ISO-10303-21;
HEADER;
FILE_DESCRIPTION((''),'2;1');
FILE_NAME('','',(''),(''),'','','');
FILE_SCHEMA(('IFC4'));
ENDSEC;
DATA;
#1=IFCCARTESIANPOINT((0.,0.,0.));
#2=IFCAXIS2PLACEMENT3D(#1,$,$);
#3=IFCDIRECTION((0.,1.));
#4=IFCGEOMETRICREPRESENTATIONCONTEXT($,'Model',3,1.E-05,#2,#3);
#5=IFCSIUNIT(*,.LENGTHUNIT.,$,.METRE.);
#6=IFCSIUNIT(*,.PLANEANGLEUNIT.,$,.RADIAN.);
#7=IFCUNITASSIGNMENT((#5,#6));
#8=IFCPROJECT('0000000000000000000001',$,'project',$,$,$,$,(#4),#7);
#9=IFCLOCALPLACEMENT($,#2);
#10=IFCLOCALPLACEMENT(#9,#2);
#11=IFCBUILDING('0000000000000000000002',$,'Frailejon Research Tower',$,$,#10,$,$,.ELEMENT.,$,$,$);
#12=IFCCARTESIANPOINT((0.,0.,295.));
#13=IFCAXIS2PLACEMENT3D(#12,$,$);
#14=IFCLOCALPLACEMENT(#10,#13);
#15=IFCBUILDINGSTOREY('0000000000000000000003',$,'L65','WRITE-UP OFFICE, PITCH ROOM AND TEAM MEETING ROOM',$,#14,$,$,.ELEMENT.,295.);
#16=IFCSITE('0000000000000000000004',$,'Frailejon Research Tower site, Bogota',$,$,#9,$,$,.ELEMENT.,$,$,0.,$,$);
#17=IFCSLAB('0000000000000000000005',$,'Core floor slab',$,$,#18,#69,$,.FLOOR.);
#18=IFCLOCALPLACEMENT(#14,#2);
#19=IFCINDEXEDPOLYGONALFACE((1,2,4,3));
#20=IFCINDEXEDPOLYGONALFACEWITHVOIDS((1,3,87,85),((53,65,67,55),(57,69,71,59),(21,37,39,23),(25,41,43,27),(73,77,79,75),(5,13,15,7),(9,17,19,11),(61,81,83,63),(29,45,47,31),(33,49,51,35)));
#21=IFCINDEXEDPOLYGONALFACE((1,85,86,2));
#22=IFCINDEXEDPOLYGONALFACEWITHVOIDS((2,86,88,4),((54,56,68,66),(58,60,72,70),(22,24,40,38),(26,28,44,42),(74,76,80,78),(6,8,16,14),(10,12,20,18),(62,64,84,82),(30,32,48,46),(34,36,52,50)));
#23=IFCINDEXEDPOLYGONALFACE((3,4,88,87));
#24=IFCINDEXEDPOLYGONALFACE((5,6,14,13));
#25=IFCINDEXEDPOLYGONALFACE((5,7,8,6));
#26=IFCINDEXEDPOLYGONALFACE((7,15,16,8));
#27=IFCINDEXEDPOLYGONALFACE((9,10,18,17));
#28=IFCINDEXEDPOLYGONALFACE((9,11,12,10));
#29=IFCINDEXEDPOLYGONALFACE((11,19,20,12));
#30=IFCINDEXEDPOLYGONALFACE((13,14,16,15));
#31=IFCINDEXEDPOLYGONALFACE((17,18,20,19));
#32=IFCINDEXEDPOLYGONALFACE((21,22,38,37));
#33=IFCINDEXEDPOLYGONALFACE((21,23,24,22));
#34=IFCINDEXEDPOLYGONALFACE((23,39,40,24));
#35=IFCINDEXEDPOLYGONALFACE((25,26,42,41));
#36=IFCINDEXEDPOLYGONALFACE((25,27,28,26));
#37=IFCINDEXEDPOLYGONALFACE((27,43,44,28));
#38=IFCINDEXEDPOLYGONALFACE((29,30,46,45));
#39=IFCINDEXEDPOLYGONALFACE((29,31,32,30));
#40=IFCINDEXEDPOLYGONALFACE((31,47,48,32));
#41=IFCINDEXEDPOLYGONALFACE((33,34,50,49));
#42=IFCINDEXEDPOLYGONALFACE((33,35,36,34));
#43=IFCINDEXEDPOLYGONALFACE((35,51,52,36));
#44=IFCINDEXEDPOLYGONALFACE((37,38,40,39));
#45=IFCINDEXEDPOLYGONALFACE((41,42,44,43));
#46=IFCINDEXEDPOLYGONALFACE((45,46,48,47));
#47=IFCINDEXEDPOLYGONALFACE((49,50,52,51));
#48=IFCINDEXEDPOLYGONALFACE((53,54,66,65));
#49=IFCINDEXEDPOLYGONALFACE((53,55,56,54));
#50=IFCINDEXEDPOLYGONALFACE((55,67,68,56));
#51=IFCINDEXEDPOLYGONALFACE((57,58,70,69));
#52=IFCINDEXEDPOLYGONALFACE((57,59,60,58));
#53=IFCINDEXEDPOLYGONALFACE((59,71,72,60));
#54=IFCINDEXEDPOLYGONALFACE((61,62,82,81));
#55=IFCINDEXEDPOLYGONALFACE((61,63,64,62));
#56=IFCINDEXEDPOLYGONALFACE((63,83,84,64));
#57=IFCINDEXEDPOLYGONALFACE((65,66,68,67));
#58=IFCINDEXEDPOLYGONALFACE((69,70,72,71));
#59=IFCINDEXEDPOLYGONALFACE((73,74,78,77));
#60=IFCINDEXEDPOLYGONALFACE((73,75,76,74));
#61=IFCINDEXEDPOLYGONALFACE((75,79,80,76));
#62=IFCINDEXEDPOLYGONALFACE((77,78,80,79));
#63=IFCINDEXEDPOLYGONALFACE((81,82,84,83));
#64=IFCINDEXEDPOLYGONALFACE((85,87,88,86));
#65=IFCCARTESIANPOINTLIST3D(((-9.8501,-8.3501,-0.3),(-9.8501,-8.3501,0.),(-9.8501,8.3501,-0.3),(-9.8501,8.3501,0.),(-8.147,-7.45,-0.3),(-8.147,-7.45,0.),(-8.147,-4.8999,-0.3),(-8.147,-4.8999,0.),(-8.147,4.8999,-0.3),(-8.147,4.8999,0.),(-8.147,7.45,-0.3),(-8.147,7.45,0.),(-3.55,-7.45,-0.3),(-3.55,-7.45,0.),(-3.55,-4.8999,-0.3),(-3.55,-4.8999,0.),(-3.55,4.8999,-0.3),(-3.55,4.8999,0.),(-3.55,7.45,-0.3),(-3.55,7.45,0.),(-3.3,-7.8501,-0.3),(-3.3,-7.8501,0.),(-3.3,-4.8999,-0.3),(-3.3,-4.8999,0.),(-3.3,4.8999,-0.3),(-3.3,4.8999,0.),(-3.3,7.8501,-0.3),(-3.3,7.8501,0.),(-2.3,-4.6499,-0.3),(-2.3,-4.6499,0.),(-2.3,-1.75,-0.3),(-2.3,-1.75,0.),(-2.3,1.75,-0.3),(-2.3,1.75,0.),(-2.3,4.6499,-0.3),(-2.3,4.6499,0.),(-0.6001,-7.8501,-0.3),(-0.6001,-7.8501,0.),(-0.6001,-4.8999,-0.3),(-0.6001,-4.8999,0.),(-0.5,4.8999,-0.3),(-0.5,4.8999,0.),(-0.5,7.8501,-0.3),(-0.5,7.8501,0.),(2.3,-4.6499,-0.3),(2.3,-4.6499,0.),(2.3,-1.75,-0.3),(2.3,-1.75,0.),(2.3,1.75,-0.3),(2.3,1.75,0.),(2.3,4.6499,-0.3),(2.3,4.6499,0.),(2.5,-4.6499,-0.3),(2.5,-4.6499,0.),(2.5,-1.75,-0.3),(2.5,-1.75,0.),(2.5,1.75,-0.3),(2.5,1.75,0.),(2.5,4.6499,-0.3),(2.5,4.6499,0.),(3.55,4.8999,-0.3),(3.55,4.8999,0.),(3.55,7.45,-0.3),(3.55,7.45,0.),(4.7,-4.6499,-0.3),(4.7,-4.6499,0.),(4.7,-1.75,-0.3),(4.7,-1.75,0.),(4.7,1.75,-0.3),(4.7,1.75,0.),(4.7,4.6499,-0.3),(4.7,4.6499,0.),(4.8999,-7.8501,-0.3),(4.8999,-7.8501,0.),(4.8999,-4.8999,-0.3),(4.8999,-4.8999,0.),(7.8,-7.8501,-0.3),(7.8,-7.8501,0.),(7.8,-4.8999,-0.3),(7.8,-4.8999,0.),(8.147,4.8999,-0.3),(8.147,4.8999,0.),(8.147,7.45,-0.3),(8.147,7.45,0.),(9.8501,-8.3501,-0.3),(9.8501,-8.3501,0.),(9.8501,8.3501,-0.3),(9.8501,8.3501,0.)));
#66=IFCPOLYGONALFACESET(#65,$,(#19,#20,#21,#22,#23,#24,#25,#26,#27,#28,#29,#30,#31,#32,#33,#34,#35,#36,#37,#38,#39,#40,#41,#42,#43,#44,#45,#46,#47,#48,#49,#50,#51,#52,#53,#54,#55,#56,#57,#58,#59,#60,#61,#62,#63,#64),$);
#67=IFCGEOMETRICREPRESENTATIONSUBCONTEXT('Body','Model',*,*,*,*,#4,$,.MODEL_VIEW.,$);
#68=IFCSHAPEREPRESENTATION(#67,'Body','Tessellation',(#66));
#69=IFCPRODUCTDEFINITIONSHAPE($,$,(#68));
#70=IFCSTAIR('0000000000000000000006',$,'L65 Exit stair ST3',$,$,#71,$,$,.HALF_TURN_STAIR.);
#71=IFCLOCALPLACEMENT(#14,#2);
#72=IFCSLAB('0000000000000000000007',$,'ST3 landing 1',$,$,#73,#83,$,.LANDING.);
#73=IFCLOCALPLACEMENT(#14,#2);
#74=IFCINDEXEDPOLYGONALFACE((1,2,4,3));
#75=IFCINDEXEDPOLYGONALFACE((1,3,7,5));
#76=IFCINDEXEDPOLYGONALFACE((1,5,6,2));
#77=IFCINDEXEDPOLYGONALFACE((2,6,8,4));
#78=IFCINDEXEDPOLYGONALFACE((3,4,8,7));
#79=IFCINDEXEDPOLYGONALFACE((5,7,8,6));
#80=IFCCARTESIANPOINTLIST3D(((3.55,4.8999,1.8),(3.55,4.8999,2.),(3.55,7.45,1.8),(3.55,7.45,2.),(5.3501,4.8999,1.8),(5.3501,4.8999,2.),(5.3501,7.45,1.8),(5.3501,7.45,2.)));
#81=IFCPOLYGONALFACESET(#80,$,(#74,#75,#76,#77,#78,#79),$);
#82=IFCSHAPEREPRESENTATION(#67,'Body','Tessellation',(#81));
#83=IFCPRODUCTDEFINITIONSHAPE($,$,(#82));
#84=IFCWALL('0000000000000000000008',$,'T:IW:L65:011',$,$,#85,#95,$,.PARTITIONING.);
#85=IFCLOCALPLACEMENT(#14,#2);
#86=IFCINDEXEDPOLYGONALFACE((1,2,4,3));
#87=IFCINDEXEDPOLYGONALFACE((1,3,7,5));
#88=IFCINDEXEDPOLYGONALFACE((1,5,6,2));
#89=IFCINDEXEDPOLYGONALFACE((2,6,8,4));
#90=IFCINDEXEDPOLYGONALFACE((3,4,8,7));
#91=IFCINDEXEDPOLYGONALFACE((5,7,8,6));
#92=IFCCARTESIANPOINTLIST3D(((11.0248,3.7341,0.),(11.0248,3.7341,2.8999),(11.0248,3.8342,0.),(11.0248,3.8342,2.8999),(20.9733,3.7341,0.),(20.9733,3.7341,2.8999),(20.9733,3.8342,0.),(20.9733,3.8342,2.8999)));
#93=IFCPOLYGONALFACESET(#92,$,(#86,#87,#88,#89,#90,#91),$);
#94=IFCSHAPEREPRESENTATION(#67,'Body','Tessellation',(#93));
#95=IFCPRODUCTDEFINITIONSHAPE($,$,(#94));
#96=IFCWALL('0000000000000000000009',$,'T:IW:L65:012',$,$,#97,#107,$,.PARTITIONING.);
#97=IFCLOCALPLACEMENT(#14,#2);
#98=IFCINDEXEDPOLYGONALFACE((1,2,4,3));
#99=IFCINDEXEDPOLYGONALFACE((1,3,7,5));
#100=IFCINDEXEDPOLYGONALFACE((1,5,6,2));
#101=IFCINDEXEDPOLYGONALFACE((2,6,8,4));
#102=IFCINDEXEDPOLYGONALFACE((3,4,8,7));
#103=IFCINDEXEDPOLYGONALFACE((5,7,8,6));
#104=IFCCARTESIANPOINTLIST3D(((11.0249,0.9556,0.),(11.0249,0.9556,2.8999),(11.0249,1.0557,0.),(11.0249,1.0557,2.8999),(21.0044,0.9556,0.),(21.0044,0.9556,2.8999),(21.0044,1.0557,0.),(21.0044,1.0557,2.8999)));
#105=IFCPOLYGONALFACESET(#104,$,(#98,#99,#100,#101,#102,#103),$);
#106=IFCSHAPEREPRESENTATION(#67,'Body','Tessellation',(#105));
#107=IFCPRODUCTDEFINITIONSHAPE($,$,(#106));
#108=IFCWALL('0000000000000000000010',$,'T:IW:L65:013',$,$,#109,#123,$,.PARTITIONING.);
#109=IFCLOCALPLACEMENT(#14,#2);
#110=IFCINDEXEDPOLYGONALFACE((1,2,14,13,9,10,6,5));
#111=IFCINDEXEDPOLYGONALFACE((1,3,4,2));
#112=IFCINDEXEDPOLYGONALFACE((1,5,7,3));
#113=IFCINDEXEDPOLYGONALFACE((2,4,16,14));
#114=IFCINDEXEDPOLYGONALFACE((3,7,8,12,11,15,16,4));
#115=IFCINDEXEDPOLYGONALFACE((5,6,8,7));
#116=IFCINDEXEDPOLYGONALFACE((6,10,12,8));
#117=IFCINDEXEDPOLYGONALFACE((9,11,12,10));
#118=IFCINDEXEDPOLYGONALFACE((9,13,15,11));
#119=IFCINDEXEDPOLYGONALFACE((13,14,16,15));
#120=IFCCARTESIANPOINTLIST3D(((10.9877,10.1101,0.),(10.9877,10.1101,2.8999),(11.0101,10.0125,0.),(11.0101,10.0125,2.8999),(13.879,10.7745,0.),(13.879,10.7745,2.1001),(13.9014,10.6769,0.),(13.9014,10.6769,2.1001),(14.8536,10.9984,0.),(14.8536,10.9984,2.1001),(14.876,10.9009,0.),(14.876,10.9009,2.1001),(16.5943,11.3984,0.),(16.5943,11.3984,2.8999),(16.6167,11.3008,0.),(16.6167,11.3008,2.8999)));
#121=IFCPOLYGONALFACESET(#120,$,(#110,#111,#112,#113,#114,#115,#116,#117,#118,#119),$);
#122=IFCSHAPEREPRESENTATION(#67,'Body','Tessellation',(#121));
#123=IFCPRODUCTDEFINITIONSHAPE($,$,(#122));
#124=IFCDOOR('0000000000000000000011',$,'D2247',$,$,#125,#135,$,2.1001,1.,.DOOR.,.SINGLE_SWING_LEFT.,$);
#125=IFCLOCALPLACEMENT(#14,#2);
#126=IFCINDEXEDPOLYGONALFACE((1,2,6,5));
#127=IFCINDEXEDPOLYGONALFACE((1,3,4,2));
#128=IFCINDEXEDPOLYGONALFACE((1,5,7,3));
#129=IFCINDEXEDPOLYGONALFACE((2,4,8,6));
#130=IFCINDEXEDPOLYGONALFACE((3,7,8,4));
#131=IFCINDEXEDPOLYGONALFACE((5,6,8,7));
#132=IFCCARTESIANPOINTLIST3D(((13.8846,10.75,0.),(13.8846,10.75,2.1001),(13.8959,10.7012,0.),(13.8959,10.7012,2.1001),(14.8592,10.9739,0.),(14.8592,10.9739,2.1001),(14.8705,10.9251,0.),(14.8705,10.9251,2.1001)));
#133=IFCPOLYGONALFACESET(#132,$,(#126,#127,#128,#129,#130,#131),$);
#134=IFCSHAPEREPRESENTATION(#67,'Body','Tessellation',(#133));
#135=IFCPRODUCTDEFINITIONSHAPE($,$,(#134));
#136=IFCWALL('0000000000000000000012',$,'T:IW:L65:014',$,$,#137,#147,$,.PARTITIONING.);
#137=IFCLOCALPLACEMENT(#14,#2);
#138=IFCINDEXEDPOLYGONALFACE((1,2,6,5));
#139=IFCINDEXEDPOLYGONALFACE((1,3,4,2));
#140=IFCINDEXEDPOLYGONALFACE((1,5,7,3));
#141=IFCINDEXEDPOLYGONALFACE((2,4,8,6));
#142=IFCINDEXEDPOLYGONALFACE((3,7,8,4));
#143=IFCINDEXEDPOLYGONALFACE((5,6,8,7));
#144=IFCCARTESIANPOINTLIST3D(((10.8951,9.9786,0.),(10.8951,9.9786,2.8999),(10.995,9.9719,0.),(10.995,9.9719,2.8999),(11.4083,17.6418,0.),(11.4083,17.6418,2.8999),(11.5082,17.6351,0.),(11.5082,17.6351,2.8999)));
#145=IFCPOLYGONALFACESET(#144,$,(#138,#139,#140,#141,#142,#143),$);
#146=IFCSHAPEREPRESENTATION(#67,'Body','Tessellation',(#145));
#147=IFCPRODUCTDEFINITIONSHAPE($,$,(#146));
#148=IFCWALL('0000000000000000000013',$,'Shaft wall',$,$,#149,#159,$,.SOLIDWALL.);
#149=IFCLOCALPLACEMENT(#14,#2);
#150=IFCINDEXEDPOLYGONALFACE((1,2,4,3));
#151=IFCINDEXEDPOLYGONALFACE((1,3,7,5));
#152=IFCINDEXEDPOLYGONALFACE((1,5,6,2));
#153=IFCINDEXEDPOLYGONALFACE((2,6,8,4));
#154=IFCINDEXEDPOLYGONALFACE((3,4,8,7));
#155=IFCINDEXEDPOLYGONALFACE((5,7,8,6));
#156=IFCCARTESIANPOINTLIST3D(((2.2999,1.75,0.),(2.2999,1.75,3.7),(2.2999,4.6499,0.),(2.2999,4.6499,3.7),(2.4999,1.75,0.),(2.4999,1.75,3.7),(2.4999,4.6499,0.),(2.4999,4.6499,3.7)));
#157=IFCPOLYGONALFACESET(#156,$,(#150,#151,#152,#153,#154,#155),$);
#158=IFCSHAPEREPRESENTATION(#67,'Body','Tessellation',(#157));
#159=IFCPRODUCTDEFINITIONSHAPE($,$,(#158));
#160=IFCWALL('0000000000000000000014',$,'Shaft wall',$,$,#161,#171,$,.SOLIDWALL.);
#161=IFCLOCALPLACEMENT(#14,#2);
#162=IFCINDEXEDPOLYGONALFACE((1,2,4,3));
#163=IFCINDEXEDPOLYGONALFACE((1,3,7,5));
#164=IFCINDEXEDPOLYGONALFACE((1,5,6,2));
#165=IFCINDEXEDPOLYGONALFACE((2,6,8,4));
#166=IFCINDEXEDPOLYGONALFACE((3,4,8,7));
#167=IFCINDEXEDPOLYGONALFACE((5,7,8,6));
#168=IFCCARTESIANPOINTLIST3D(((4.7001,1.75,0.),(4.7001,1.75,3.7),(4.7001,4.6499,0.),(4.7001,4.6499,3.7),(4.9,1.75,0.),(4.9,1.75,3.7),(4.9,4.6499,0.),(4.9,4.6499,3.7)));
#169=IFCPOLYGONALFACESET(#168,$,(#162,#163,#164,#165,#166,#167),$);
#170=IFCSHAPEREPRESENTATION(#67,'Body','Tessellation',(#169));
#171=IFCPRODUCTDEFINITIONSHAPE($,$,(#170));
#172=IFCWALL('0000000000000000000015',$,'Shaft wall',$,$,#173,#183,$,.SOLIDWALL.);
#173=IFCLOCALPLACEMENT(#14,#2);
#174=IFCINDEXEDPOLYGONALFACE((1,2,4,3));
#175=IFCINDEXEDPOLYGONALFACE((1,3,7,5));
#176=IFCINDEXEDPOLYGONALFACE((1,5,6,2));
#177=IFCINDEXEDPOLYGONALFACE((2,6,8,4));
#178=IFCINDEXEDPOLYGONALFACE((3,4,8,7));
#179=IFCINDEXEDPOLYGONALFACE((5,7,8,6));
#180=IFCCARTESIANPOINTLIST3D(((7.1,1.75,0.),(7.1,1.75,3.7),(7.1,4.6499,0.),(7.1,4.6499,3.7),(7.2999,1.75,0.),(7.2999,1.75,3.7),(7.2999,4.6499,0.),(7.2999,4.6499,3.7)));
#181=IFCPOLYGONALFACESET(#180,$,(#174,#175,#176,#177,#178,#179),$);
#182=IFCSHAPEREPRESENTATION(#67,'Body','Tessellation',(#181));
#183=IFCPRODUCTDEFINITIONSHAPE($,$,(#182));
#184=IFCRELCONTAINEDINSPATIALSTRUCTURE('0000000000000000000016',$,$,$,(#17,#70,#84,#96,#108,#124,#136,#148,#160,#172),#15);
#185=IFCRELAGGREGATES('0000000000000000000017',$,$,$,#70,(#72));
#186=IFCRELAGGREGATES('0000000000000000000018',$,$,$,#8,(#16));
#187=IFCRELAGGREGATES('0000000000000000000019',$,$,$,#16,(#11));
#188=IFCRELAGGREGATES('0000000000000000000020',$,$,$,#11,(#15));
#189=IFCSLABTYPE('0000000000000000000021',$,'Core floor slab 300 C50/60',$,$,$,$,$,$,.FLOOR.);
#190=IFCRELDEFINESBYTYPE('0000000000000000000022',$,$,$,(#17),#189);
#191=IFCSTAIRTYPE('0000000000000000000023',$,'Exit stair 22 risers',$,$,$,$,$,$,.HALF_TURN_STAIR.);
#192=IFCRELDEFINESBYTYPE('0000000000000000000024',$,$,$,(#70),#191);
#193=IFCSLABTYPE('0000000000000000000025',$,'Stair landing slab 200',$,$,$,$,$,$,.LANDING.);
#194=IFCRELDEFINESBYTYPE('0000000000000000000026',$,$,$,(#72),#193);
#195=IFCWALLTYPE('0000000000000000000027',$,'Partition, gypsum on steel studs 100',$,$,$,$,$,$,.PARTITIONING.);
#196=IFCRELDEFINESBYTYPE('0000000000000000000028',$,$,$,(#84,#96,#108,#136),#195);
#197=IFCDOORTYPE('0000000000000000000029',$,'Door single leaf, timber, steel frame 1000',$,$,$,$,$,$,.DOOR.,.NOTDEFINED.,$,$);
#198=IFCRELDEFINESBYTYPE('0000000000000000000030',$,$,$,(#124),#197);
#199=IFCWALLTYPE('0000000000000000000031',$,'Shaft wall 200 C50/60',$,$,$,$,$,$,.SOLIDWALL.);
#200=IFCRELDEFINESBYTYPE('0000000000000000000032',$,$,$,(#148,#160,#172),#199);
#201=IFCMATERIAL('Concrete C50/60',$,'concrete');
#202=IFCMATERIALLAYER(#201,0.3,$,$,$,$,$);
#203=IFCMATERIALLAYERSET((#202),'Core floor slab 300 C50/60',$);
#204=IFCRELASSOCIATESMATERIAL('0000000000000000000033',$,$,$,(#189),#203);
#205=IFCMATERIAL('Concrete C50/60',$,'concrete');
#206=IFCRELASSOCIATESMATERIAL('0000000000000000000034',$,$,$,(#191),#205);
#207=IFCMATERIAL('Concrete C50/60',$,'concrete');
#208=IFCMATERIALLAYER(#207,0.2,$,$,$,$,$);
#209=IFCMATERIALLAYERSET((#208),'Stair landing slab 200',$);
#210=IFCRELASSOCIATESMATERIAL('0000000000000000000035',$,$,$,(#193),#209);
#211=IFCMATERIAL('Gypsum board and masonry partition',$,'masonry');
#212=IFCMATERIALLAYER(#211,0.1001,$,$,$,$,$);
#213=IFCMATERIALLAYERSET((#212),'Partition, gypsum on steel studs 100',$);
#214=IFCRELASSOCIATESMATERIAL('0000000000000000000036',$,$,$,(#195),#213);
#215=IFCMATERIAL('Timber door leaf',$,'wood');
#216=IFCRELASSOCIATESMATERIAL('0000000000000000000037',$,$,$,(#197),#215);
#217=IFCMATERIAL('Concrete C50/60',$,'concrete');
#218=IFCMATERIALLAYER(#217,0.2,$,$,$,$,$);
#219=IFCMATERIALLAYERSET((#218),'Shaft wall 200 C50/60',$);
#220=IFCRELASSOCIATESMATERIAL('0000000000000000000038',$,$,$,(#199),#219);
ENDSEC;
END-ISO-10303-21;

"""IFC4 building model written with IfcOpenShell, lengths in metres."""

from ifc_helpers import new_model, si_unit, direction, frame, frame_2d, origin, place, context, subcontext, project, spatial, polyline, rectangle, outline, extrude, material, layer, layer_set, type_object, element, fill, aggregate, save


model = new_model("IFC4")

# Units and contexts
model_context = context("Model", 3, precision=1e-05, world=origin(), true_north=direction((0.0, 1.0)))
body_context = subcontext(model_context, "Body", "Model", "MODEL_VIEW")
ifc_project = project(units=[si_unit("LENGTHUNIT", "METRE"), si_unit("PLANEANGLEUNIT", "RADIAN")], contexts=[model_context])

# Site, building, storey
site_placement = place(None, origin())
site = spatial("IfcSite", under=ifc_project, at=site_placement, Name="Frailejon Research Tower site, Bogota", CompositionType="ELEMENT", RefElevation=0.0)
building_placement = place(site_placement, origin())
building = spatial("IfcBuilding", under=site, at=building_placement, Name="Frailejon Research Tower", CompositionType="ELEMENT")
storey_placement = place(building_placement, frame((0.0, 0.0, 295.0)))
storey = spatial("IfcBuildingStorey", under=building, at=storey_placement, Name="L65", Description="WRITE-UP OFFICE, PITCH ROOM AND TEAM MEETING ROOM", CompositionType="ELEMENT", Elevation=295.0)

# Slab
ifc_material_1 = material(Name="Concrete C50/60", Category="concrete")
ifc_layer_1 = layer(ifc_material_1, 0.3)
ifc_layer_set_1 = layer_set([ifc_layer_1], Name="Core floor slab 300 C50/60")
slab_type_1 = type_object("IfcSlabType", Name="Core floor slab 300 C50/60", PredefinedType="FLOOR", material=ifc_layer_set_1)
slab_1_placement = place(storey_placement, frame((0.0, 0.0, -0.3)))
element("IfcSlab", 1, at=slab_1_placement, inside=storey, type_object=slab_type_1, Name="Core floor slab", PredefinedType="FLOOR", context=body_context, shape_type="SweptSolid", body=[
    extrude(outline(polyline([(9.8501, -8.3501), (9.8501, 8.3501), (-9.8501, 8.3501), (-9.8501, -8.3501), (9.8501, -8.3501)]), holes=[polyline([(2.3, 1.75), (2.3, 4.6499), (-2.3, 4.6499), (-2.3, 1.75), (2.3, 1.75)]), polyline([(4.7, 1.75), (4.7, 4.6499), (2.5, 4.6499), (2.5, 1.75), (4.7, 1.75)]), polyline([(2.3, -4.6499), (2.3, -1.75), (-2.3, -1.75), (-2.3, -4.6499), (2.3, -4.6499)]), polyline([(4.7, -4.6499), (4.7, -1.75), (2.5, -1.75), (2.5, -4.6499), (4.7, -4.6499)]), polyline([(-8.147, 4.8999), (-3.55, 4.8999), (-3.55, 7.45), (-8.147, 7.45), (-8.147, 4.8999)]), polyline([(-8.147, -7.45), (-3.55, -7.45), (-3.55, -4.8999), (-8.147, -4.8999), (-8.147, -7.45)]), polyline([(8.147, 7.45), (3.55, 7.45), (3.55, 4.8999), (8.147, 4.8999), (8.147, 7.45)]), polyline([(-0.6001, -7.8501), (-0.6001, -4.8999), (-3.3, -4.8999), (-3.3, -7.8501), (-0.6001, -7.8501)]), polyline([(7.8, -7.8501), (7.8, -4.8999), (4.8999, -4.8999), (4.8999, -7.8501), (7.8, -7.8501)]), polyline([(-0.5, 4.8999), (-0.5, 7.8501), (-3.3, 7.8501), (-3.3, 4.8999), (-0.5, 4.8999)])]), origin(), (0.0, 0.0, 1.0), 0.3),
])

# Stair, slab
ifc_material_2 = material(Name="Concrete C50/60", Category="concrete")
stair_type = type_object("IfcStairType", Name="Exit stair 22 risers", PredefinedType="HALF_TURN_STAIR", material=ifc_material_2)
stair_placement = place(storey_placement, origin())
stair = element("IfcStair", 2, at=stair_placement, inside=storey, type_object=stair_type, Name="L65 Exit stair ST3", PredefinedType="HALF_TURN_STAIR")
ifc_material_3 = material(Name="Concrete C50/60", Category="concrete")
ifc_layer_2 = layer(ifc_material_3, 0.2)
ifc_layer_set_2 = layer_set([ifc_layer_2], Name="Stair landing slab 200")
slab_type_2 = type_object("IfcSlabType", Name="Stair landing slab 200", PredefinedType="LANDING", material=ifc_layer_set_2)
slab_2_placement = place(storey_placement, frame((0.0, 0.0, 1.8)))
slab_2 = element("IfcSlab", 3, at=slab_2_placement, type_object=slab_type_2, Name="ST3 landing 1", PredefinedType="LANDING", context=body_context, shape_type="SweptSolid", body=[
    extrude(outline(polyline([(5.3501, 7.45), (3.55, 7.45), (3.55, 4.8999), (5.3501, 4.8999), (5.3501, 7.45)])), origin(), (0.0, 0.0, 1.0), 0.2),
])

# Walls
ifc_material_4 = material(Name="Gypsum board and masonry partition", Category="masonry")
ifc_layer_3 = layer(ifc_material_4, 0.1001)
ifc_layer_set_3 = layer_set([ifc_layer_3], Name="Partition, gypsum on steel studs 100")
wall_type_1 = type_object("IfcWallType", Name="Partition, gypsum on steel studs 100", PredefinedType="PARTITIONING", material=ifc_layer_set_3)
wall_1_placement = place(storey_placement, frame((11.0249, 3.7842, 0.0), z_axis=(0.0, 0.0, 1.0), x_axis=(1.0, 0.0, 0.0)))
element("IfcWall", 4, at=wall_1_placement, inside=storey, type_object=wall_type_1, Name="T:IW:L65:011", PredefinedType="PARTITIONING", context=body_context, shape_type="SweptSolid", body=[
    extrude(rectangle(XDim=9.9485, YDim=0.1001, at=frame_2d((4.9741, 0.0))), origin(), (0.0, 0.0, 1.0), 2.8999),
])
wall_2_placement = place(storey_placement, frame((11.0249, 1.0056, 0.0), z_axis=(0.0, 0.0, 1.0), x_axis=(1.0, 0.0, 0.0)))
element("IfcWall", 5, at=wall_2_placement, inside=storey, type_object=wall_type_1, Name="T:IW:L65:012", PredefinedType="PARTITIONING", context=body_context, shape_type="SweptSolid", body=[
    extrude(rectangle(XDim=9.9795, YDim=0.1001, at=frame_2d((4.9897, 0.0))), origin(), (0.0, 0.0, 1.0), 2.8999),
])

# Wall, opening, door
wall_3_placement = place(storey_placement, frame((10.9988, 10.0613, 0.0), z_axis=(0.0, 0.0, 1.0), x_axis=(0.974601, 0.223948, 0.0)))
wall_3 = element("IfcWall", 6, at=wall_3_placement, inside=storey, type_object=wall_type_1, Name="T:IW:L65:013", PredefinedType="PARTITIONING", context=body_context, shape_type="SweptSolid", body=[
    extrude(rectangle(XDim=5.7527, YDim=0.1001, at=frame_2d((2.8765, 0.0))), origin(), (0.0, 0.0, 1.0), 2.8999),
])
opening_1_placement = place(wall_3_placement, frame((2.9668, 0.0, 0.0)))
opening_1 = element("IfcOpeningElement", 7, at=opening_1_placement, cuts=wall_3, PredefinedType="OPENING", context=body_context, shape_type="SweptSolid", body=[
    extrude(rectangle(XDim=1.0, YDim=2.1001, at=frame_2d((0.5, 1.05))), frame((0.0, 0.0601, 0.0), z_axis=(0.0, -1.0, 0.0), x_axis=(1.0, 0.0, 0.0)), (0.0, 0.0, 1.0), 0.1201),
])
ifc_material_5 = material(Name="Timber door leaf", Category="wood")
door_type_1 = type_object("IfcDoorType", Name="Door single leaf, timber, steel frame 1000", OperationType="NOTDEFINED", PredefinedType="DOOR", material=ifc_material_5)
door_1_placement = place(opening_1_placement, origin())
door_1 = element("IfcDoor", 8, at=door_1_placement, inside=storey, type_object=door_type_1, Name="D2247", OperationType="SINGLE_SWING_LEFT", OverallHeight=2.1001, OverallWidth=1.0, PredefinedType="DOOR", context=body_context, shape_type="SweptSolid", body=[
    extrude(rectangle(XDim=1.0, YDim=2.1001, at=frame_2d((0.5, 1.05))), frame((0.0, 0.0249, 0.0), z_axis=(0.0, -1.0, 0.0), x_axis=(1.0, 0.0, 0.0)), (0.0, 0.0, 1.0), 0.05),
])
fill(opening_1, door_1)

# Walls
wall_4_placement = place(storey_placement, frame((10.9451, 9.9751, 0.0), z_axis=(0.0, 0.0, 1.0), x_axis=(0.066816, 0.997765, 0.0)))
element("IfcWall", 9, at=wall_4_placement, inside=storey, type_object=wall_type_1, Name="T:IW:L65:014", PredefinedType="PARTITIONING", context=body_context, shape_type="SweptSolid", body=[
    extrude(rectangle(XDim=7.6804, YDim=0.1001, at=frame_2d((3.8403, 0.0))), origin(), (0.0, 0.0, 1.0), 2.8999),
])
ifc_material_6 = material(Name="Concrete C50/60", Category="concrete")
ifc_layer_4 = layer(ifc_material_6, 0.2)
ifc_layer_set_4 = layer_set([ifc_layer_4], Name="Shaft wall 200 C50/60")
wall_type_2 = type_object("IfcWallType", Name="Shaft wall 200 C50/60", PredefinedType="SOLIDWALL", material=ifc_layer_set_4)
for number, where, z_axis, x_axis, name in (
    (10, (2.3999, 1.75, 0.0), (0.0, 0.0, 1.0), (0.0, 1.0, 0.0), "Shaft wall"),
    (11, (4.8, 1.75, 0.0), (0.0, 0.0, 1.0), (0.0, 1.0, 0.0), "Shaft wall"),
    (12, (7.2, 1.75, 0.0), (0.0, 0.0, 1.0), (0.0, 1.0, 0.0), "Shaft wall"),
):
    element("IfcWall", number, at=place(storey_placement, frame(where, z_axis=z_axis, x_axis=x_axis)), inside=storey, type_object=wall_type_2, Name=name, PredefinedType="SOLIDWALL", context=body_context, shape_type="SweptSolid", body=[
        extrude(rectangle(XDim=2.8999, YDim=0.2, at=frame_2d((1.45, 0.0))), origin(), (0.0, 0.0, 1.0), 3.7),
    ])

aggregate(stair, [slab_2])

save(model, "model.ifc")
